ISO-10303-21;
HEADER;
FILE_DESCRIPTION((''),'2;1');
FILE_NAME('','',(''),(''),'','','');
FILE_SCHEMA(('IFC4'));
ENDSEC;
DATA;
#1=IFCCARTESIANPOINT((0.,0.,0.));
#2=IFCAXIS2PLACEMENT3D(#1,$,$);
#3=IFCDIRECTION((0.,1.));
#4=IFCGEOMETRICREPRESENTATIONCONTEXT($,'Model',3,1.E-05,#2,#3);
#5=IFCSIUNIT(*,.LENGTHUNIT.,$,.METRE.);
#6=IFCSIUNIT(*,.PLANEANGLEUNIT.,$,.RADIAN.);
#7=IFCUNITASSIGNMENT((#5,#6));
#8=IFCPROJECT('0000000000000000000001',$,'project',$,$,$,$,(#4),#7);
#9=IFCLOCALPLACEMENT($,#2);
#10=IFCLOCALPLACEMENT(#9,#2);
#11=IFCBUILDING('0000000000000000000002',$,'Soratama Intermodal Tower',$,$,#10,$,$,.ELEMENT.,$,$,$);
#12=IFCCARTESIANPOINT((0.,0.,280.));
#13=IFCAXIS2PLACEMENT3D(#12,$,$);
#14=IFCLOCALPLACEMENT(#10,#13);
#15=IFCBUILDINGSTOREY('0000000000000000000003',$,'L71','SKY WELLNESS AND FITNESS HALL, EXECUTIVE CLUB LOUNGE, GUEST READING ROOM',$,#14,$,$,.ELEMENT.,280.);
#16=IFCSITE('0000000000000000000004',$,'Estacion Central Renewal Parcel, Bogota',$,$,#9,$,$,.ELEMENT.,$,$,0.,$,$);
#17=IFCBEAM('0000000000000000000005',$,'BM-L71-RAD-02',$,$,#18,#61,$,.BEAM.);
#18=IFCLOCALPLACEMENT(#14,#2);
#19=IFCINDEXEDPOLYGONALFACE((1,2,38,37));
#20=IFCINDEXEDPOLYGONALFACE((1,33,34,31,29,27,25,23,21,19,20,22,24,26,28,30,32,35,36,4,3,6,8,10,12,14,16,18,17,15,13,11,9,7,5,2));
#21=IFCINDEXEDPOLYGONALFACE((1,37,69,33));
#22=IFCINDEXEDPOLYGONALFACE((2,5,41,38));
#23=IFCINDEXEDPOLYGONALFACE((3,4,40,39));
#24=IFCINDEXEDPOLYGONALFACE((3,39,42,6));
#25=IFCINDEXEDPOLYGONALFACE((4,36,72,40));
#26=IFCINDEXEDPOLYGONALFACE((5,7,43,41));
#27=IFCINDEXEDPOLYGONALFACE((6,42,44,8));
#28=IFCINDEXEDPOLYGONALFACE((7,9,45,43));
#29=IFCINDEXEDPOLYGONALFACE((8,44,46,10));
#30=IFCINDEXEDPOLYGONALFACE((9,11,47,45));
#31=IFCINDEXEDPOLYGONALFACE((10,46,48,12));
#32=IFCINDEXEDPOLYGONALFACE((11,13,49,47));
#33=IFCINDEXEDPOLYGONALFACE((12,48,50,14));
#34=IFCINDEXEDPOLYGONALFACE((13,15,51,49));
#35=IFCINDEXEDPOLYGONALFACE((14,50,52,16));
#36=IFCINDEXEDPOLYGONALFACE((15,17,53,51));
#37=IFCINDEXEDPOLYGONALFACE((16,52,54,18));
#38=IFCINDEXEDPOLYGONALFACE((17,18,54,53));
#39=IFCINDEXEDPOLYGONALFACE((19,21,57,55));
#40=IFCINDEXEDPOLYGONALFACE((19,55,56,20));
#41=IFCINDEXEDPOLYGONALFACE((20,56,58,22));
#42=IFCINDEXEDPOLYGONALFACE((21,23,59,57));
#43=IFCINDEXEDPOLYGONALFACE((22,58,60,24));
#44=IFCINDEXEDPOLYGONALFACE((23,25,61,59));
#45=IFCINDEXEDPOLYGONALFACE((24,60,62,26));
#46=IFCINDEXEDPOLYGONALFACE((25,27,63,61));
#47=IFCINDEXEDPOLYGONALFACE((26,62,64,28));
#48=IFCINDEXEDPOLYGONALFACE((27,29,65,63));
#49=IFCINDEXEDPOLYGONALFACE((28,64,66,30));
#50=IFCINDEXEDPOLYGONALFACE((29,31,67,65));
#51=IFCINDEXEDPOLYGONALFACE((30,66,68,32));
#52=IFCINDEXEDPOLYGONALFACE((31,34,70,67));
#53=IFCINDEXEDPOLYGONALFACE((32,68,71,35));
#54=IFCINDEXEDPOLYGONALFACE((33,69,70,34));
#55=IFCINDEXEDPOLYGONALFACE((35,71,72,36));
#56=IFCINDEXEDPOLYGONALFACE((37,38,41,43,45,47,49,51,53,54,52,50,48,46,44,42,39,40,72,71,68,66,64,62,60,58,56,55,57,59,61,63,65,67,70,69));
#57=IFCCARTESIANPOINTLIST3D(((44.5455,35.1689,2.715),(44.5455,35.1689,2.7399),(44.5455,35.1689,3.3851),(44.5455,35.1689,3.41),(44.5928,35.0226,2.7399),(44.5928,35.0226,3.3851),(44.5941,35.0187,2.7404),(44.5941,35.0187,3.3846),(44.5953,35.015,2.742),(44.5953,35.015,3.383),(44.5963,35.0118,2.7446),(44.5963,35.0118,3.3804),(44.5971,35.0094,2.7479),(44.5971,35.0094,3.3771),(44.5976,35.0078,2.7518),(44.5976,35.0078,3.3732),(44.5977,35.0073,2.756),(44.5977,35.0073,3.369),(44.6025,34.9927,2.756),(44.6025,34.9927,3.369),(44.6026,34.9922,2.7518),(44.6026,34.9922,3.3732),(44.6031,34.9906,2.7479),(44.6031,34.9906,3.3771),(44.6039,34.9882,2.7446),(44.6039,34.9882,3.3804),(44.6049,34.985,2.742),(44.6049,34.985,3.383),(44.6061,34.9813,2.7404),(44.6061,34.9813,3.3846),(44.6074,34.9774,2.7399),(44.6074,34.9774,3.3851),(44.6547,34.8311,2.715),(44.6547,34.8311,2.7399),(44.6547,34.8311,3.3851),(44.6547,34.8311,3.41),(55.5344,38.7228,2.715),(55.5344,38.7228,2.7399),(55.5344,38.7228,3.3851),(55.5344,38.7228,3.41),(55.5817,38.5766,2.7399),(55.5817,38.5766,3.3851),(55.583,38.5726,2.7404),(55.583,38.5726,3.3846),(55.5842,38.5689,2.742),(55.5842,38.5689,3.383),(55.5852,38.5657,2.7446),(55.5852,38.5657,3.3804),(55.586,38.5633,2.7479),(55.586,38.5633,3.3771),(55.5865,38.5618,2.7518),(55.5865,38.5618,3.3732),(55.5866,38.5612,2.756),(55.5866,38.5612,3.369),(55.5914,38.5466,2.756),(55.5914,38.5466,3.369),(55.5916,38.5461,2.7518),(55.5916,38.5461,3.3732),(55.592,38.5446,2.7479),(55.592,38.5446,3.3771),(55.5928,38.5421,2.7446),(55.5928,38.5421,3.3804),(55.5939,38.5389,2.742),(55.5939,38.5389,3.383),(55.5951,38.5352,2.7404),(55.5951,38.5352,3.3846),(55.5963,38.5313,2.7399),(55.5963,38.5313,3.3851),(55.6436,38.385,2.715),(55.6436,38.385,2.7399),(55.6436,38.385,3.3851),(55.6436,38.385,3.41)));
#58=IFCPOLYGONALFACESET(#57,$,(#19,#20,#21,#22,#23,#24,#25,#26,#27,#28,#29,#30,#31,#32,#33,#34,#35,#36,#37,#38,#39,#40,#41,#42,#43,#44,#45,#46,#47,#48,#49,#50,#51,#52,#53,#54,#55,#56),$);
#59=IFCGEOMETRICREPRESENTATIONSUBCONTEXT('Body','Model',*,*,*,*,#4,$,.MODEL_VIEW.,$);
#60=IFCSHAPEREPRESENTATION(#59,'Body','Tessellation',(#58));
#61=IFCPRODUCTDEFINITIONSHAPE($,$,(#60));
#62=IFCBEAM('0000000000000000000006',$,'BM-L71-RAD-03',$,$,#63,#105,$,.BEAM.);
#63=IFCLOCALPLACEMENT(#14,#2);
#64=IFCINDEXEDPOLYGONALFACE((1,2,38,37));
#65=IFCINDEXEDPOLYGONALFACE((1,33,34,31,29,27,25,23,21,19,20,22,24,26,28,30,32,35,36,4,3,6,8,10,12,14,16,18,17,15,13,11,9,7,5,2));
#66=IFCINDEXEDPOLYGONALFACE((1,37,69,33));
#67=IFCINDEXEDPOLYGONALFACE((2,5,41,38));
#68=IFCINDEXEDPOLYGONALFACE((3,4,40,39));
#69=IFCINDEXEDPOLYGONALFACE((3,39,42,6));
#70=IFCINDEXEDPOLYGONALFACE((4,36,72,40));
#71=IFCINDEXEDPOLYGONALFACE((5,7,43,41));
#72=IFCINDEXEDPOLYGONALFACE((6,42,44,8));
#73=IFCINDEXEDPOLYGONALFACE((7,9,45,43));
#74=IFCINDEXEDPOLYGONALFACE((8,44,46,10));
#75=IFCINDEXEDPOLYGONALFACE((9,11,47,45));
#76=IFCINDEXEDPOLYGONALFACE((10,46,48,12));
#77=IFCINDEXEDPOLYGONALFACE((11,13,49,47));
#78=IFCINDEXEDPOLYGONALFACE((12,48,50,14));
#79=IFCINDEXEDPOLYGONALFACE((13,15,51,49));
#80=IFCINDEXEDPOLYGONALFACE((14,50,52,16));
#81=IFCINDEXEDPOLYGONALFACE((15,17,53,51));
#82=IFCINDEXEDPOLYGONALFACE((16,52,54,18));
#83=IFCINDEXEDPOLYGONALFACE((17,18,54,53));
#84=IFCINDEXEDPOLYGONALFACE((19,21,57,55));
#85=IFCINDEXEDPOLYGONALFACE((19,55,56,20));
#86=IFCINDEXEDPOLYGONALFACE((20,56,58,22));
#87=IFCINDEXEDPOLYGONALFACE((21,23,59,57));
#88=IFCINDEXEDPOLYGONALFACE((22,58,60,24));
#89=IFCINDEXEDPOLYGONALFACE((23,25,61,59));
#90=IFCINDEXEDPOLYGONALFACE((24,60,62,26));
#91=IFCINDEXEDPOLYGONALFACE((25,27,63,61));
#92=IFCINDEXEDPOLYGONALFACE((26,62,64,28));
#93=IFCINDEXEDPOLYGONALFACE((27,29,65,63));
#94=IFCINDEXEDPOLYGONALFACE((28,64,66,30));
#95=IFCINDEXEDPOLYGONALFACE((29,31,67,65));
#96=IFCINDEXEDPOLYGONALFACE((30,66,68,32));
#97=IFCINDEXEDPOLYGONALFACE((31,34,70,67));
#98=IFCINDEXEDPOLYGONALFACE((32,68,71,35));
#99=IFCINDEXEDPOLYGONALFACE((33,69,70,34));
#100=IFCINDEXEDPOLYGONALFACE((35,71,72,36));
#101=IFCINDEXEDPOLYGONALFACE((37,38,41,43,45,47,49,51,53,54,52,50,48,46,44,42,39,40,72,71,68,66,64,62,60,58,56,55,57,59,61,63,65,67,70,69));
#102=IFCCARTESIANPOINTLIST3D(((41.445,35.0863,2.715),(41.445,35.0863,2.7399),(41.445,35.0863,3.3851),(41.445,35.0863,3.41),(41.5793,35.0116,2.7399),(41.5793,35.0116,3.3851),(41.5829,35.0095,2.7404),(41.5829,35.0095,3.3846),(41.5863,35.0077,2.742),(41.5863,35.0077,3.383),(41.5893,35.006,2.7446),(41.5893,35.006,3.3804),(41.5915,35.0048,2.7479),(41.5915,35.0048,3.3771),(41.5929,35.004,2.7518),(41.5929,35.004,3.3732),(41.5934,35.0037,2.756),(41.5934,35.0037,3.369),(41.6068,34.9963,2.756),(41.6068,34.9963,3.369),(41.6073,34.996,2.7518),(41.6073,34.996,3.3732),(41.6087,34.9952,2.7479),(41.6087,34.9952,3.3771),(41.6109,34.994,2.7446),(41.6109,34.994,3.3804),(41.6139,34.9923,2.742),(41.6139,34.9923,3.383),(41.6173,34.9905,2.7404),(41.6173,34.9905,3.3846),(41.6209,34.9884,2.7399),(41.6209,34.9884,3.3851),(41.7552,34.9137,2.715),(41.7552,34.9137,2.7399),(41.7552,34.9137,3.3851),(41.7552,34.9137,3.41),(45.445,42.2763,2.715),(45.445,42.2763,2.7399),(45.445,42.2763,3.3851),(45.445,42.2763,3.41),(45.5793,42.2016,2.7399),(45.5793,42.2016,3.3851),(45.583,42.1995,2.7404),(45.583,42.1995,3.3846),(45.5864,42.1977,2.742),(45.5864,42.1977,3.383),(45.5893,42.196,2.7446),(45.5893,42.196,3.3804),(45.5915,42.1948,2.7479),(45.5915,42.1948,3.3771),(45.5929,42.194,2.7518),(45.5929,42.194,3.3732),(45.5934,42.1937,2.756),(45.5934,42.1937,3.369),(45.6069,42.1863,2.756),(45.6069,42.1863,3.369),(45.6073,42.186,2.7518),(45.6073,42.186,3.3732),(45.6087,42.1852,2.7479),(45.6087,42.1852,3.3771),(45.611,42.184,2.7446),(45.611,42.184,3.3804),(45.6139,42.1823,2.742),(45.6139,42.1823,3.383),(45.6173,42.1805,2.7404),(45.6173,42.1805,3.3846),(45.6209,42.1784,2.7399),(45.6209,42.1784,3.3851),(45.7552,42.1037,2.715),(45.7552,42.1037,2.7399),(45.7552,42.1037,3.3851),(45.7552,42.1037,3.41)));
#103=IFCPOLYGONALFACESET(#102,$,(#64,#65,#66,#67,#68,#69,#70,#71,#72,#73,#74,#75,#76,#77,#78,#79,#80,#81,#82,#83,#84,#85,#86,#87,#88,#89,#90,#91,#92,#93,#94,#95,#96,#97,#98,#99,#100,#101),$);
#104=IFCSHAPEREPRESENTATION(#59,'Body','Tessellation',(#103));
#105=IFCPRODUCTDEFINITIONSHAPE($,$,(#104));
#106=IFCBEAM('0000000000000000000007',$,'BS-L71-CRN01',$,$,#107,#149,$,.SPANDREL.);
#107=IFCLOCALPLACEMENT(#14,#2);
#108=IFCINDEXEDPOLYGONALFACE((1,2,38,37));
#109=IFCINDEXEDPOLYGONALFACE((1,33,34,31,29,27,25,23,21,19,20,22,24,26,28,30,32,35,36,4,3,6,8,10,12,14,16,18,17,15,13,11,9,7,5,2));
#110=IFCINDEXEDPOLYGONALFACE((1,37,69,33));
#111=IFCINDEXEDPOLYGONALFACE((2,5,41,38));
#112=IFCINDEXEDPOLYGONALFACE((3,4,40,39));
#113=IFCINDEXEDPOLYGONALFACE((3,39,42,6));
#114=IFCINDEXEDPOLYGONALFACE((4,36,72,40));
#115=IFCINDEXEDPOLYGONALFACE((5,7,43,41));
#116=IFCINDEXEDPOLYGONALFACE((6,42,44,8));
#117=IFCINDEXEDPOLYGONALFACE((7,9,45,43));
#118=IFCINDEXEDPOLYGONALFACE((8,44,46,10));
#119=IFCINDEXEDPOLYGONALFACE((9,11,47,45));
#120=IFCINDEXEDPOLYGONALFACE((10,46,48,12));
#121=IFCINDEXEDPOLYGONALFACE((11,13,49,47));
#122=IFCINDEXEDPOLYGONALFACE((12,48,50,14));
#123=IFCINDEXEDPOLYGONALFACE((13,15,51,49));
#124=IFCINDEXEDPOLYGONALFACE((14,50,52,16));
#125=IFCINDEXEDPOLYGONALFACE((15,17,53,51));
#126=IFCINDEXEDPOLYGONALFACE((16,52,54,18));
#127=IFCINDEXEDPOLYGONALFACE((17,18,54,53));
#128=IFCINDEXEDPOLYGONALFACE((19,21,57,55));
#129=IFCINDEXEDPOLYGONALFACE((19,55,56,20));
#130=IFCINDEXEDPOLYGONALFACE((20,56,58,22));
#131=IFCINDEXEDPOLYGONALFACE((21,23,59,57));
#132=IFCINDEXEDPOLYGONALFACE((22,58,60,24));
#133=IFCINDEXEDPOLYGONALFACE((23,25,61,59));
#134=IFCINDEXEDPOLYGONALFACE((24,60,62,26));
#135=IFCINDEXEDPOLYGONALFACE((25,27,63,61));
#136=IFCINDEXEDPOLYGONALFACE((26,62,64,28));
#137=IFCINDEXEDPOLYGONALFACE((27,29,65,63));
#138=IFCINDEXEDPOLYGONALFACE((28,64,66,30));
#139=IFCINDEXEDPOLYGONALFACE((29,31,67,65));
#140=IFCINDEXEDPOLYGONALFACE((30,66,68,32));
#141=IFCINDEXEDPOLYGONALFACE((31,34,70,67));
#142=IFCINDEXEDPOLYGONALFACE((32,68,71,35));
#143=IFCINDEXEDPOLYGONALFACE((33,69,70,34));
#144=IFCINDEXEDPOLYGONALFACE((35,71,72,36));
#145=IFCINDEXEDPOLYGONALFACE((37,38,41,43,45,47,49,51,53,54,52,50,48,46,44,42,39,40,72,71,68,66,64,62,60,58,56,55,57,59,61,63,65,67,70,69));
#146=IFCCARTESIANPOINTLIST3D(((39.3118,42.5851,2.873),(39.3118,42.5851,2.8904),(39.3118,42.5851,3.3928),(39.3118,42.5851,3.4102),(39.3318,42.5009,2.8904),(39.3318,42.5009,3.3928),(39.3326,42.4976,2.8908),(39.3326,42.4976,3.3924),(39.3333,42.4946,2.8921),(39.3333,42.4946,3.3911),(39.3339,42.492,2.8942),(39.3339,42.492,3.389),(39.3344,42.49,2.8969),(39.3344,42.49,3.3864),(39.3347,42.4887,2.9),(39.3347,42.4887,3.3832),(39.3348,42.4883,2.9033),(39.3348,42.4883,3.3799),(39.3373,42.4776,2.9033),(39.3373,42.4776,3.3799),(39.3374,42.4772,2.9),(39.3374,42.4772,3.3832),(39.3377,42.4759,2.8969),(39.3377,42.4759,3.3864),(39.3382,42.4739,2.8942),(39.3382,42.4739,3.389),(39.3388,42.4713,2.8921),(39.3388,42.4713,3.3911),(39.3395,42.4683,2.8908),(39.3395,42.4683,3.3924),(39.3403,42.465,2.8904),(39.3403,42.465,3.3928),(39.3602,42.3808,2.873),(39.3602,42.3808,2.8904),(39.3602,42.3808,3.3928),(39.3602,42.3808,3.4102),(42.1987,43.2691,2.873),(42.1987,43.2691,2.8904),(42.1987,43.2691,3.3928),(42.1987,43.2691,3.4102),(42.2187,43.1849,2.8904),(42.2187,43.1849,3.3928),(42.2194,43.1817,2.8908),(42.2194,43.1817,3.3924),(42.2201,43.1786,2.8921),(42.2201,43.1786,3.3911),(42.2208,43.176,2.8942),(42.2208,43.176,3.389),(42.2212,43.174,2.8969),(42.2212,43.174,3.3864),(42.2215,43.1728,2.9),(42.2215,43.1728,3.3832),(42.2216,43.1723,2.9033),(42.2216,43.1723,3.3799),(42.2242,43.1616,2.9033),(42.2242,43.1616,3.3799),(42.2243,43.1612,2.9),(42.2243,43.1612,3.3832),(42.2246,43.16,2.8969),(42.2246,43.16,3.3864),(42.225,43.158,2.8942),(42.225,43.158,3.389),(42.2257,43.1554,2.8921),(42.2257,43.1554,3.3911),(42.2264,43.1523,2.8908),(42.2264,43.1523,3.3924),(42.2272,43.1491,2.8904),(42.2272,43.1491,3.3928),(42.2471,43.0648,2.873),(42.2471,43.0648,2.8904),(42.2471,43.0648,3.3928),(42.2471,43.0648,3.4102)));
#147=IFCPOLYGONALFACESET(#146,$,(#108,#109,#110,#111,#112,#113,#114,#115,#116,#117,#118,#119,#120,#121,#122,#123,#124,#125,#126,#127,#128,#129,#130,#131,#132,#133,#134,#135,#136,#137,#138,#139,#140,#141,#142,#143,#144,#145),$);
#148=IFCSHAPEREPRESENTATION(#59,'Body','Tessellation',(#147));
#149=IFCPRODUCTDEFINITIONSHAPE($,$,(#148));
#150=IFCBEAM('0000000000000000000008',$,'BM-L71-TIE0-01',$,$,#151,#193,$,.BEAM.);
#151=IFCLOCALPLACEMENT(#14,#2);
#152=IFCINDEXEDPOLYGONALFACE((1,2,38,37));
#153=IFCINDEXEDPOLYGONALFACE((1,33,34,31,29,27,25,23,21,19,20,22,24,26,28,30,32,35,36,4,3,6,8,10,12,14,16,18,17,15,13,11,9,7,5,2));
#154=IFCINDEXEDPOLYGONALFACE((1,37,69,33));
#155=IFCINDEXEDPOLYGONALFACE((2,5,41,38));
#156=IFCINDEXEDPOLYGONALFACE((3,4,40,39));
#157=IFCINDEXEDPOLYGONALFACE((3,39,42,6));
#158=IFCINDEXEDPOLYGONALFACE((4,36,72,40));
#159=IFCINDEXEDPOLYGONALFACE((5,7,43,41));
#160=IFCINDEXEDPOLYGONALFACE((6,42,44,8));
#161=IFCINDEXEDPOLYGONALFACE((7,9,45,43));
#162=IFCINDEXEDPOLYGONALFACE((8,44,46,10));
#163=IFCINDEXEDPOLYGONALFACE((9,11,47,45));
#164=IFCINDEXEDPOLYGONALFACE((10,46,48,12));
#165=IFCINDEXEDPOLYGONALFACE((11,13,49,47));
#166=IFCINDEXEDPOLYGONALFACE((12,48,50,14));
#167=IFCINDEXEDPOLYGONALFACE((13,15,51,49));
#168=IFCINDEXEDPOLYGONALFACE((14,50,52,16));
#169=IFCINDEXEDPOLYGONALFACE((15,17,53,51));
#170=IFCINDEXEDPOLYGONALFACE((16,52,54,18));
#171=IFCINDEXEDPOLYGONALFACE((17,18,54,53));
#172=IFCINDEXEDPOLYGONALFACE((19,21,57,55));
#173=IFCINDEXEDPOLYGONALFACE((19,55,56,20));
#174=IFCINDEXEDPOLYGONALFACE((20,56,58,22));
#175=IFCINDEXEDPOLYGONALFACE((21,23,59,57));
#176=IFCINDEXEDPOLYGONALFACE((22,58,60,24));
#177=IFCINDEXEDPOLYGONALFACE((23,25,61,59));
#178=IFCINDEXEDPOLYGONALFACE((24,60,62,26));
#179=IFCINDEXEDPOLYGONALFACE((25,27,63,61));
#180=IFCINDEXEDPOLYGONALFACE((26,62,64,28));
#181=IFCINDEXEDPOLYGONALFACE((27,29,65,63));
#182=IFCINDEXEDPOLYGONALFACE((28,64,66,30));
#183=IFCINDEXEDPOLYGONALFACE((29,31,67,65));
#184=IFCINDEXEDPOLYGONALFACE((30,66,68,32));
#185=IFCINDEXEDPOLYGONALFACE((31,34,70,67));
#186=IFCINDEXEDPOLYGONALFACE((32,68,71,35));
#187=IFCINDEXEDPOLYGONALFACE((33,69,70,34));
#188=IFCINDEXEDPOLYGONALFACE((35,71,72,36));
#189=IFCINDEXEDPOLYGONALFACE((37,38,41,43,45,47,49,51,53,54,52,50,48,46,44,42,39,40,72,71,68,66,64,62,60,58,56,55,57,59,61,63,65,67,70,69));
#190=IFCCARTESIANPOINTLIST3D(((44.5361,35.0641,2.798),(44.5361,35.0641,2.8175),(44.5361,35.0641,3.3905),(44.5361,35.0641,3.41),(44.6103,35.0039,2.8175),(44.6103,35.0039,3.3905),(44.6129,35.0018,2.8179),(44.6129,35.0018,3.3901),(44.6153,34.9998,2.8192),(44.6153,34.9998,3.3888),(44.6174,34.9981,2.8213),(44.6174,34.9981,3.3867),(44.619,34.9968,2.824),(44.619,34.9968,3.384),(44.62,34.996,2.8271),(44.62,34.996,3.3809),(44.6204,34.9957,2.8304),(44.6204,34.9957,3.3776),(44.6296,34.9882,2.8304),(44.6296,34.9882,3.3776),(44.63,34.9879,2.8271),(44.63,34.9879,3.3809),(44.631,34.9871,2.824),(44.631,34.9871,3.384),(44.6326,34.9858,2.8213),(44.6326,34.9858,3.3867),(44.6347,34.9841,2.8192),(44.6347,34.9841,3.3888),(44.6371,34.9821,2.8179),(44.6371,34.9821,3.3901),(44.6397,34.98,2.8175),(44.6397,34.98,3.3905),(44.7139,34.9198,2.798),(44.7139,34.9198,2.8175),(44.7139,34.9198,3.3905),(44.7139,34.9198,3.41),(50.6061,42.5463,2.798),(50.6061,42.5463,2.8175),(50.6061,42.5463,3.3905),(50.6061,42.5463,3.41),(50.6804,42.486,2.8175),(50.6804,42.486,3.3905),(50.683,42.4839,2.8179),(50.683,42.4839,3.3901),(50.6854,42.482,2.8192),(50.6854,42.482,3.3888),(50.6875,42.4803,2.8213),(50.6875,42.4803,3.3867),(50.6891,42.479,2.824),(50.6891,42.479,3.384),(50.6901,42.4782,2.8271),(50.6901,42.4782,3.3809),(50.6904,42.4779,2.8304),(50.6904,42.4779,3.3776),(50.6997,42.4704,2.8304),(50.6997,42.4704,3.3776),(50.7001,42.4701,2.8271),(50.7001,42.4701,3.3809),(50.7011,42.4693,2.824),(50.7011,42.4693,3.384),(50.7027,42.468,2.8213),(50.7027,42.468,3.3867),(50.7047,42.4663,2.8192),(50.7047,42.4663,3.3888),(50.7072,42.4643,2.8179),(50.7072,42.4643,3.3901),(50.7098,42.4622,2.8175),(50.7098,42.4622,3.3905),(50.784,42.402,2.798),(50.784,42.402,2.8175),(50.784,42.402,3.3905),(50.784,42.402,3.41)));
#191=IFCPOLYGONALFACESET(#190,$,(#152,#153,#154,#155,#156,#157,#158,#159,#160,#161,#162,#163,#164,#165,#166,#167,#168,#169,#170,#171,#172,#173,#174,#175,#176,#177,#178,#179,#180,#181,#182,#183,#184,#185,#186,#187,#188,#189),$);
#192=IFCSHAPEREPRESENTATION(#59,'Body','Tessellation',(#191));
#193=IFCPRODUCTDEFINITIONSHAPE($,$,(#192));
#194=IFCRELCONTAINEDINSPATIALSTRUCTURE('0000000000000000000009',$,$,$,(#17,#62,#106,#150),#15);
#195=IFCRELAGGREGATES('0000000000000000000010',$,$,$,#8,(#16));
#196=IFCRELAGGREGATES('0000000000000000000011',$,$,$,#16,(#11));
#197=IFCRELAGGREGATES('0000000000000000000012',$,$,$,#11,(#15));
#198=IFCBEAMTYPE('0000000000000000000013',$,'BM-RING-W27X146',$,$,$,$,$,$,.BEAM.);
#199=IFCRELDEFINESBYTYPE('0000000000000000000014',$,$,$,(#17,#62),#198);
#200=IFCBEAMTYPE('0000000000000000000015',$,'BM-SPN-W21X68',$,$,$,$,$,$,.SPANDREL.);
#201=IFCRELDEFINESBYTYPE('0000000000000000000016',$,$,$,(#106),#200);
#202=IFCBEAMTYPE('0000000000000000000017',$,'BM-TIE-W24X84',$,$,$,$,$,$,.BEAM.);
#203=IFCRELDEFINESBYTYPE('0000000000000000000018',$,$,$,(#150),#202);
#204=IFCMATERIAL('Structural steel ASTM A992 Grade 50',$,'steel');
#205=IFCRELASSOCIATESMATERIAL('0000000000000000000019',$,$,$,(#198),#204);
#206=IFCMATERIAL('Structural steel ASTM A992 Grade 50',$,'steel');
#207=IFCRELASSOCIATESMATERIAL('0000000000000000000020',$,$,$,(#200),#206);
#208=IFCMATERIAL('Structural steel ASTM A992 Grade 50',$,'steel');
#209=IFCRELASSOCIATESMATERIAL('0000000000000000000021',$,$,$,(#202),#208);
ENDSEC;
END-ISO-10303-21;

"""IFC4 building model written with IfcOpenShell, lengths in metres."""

from ifc_helpers import new_model, si_unit, direction, frame, origin, origin_2d, place, context, subcontext, project, spatial, i_section, extrude, material, material_profile, profile_set, type_object, element, save


model = new_model("IFC4")

# Units and contexts
model_context = context("Model", 3, precision=1e-05, world=origin(), true_north=direction((0.0, 1.0)))
body_context = subcontext(model_context, "Body", "Model", "MODEL_VIEW")
ifc_project = project(units=[si_unit("LENGTHUNIT", "METRE"), si_unit("PLANEANGLEUNIT", "RADIAN")], contexts=[model_context])

# Site, building, storey
site_placement = place(None, origin())
site = spatial("IfcSite", under=ifc_project, at=site_placement, Name="Estacion Central Renewal Parcel, Bogota", CompositionType="ELEMENT", RefElevation=0.0)
building_placement = place(site_placement, origin())
building = spatial("IfcBuilding", under=site, at=building_placement, Name="Soratama Intermodal Tower", CompositionType="ELEMENT")
storey_placement = place(building_placement, frame((0.0, 0.0, 280.0)))
storey = spatial("IfcBuildingStorey", under=building, at=storey_placement, Name="L71", Description="SKY WELLNESS AND FITNESS HALL, EXECUTIVE CLUB LOUNGE, GUEST READING ROOM", CompositionType="ELEMENT", Elevation=280.0)

# Beams
ifc_material_1 = material(Name="Structural steel ASTM A992 Grade 50", Category="steel")
ifc_material_profile_1 = material_profile(ifc_material_1, i_section(OverallWidth=0.355, OverallDepth=0.6951, WebThickness=0.0154, FlangeThickness=0.0249, FilletRadius=0.0161, at=origin_2d()), Name="W27X146")
ifc_profile_set_1 = profile_set([ifc_material_profile_1], Name="Structural steel ASTM A992 Grade 50")
beam_type_1 = type_object("IfcBeamType", Name="BM-RING-W27X146", PredefinedType="BEAM", material=ifc_profile_set_1)
beam_1_placement = place(storey_placement, frame((44.6001, 35.0, 3.0625), z_axis=(0.951478, 0.307717, 0.0), x_axis=(-0.307717, 0.951478, 0.0)))
element("IfcBeam", 1, at=beam_1_placement, inside=storey, type_object=beam_type_1, Name="BM-L71-RAD-02", PredefinedType="BEAM", context=body_context, shape_type="SweptSolid", body=[
    extrude(i_section(OverallWidth=0.355, OverallDepth=0.6951, WebThickness=0.0154, FlangeThickness=0.0249, FilletRadius=0.0161, at=origin_2d()), origin(), (0.0, 0.0, 1.0), 11.5493),
])
beam_2_placement = place(storey_placement, frame((41.6001, 35.0, 3.0625), z_axis=(0.486162, 0.873869, 0.0), x_axis=(-0.873869, 0.486162, 0.0)))
element("IfcBeam", 2, at=beam_2_placement, inside=storey, type_object=beam_type_1, Name="BM-L71-RAD-03", PredefinedType="BEAM", context=body_context, shape_type="SweptSolid", body=[
    extrude(i_section(OverallWidth=0.355, OverallDepth=0.6951, WebThickness=0.0154, FlangeThickness=0.0249, FilletRadius=0.0161, at=origin_2d()), origin(), (0.0, 0.0, 1.0), 8.2278),
])
ifc_material_2 = material(Name="Structural steel ASTM A992 Grade 50", Category="steel")
ifc_material_profile_2 = material_profile(ifc_material_2, i_section(OverallWidth=0.21, OverallDepth=0.5371, WebThickness=0.011, FlangeThickness=0.0173, FilletRadius=0.0129, at=origin_2d()), Name="W21X68")
ifc_profile_set_2 = profile_set([ifc_material_profile_2], Name="Structural steel ASTM A992 Grade 50")
beam_type_2 = type_object("IfcBeamType", Name="BM-SPN-W21X68", PredefinedType="SPANDREL", material=ifc_profile_set_2)
beam_3_placement = place(storey_placement, frame((42.2229, 43.167, 3.1416), z_axis=(-0.973056, -0.230571, 0.0), x_axis=(0.230571, -0.973056, 0.0)))
element("IfcBeam", 3, at=beam_3_placement, inside=storey, type_object=beam_type_2, Name="BS-L71-CRN01", PredefinedType="SPANDREL", context=body_context, shape_type="SweptSolid", body=[
    extrude(i_section(OverallWidth=0.21, OverallDepth=0.5371, WebThickness=0.011, FlangeThickness=0.0173, FilletRadius=0.0129, at=origin_2d()), origin(), (0.0, 0.0, 1.0), 2.9668),
])
ifc_material_3 = material(Name="Structural steel ASTM A992 Grade 50", Category="steel")
ifc_material_profile_3 = material_profile(ifc_material_3, i_section(OverallWidth=0.229, OverallDepth=0.6121, WebThickness=0.012, FlangeThickness=0.0195, FilletRadius=0.0129, at=origin_2d()), Name="W24X84")
ifc_profile_set_3 = profile_set([ifc_material_profile_3], Name="Structural steel ASTM A992 Grade 50")
beam_type_3 = type_object("IfcBeamType", Name="BM-TIE-W24X84", PredefinedType="BEAM", material=ifc_profile_set_3)
beam_4_placement = place(storey_placement, frame((44.625, 34.9919, 3.104), z_axis=(0.630017, 0.776581, 0.0), x_axis=(-0.776581, 0.630017, 0.0)))
element("IfcBeam", 4, at=beam_4_placement, inside=storey, type_object=beam_type_3, Name="BM-L71-TIE0-01", PredefinedType="BEAM", context=body_context, shape_type="SweptSolid", body=[
    extrude(i_section(OverallWidth=0.229, OverallDepth=0.6121, WebThickness=0.012, FlangeThickness=0.0195, FilletRadius=0.0129, at=origin_2d()), origin(), (0.0, 0.0, 1.0), 9.6348),
])

save(model, "model.ifc")
